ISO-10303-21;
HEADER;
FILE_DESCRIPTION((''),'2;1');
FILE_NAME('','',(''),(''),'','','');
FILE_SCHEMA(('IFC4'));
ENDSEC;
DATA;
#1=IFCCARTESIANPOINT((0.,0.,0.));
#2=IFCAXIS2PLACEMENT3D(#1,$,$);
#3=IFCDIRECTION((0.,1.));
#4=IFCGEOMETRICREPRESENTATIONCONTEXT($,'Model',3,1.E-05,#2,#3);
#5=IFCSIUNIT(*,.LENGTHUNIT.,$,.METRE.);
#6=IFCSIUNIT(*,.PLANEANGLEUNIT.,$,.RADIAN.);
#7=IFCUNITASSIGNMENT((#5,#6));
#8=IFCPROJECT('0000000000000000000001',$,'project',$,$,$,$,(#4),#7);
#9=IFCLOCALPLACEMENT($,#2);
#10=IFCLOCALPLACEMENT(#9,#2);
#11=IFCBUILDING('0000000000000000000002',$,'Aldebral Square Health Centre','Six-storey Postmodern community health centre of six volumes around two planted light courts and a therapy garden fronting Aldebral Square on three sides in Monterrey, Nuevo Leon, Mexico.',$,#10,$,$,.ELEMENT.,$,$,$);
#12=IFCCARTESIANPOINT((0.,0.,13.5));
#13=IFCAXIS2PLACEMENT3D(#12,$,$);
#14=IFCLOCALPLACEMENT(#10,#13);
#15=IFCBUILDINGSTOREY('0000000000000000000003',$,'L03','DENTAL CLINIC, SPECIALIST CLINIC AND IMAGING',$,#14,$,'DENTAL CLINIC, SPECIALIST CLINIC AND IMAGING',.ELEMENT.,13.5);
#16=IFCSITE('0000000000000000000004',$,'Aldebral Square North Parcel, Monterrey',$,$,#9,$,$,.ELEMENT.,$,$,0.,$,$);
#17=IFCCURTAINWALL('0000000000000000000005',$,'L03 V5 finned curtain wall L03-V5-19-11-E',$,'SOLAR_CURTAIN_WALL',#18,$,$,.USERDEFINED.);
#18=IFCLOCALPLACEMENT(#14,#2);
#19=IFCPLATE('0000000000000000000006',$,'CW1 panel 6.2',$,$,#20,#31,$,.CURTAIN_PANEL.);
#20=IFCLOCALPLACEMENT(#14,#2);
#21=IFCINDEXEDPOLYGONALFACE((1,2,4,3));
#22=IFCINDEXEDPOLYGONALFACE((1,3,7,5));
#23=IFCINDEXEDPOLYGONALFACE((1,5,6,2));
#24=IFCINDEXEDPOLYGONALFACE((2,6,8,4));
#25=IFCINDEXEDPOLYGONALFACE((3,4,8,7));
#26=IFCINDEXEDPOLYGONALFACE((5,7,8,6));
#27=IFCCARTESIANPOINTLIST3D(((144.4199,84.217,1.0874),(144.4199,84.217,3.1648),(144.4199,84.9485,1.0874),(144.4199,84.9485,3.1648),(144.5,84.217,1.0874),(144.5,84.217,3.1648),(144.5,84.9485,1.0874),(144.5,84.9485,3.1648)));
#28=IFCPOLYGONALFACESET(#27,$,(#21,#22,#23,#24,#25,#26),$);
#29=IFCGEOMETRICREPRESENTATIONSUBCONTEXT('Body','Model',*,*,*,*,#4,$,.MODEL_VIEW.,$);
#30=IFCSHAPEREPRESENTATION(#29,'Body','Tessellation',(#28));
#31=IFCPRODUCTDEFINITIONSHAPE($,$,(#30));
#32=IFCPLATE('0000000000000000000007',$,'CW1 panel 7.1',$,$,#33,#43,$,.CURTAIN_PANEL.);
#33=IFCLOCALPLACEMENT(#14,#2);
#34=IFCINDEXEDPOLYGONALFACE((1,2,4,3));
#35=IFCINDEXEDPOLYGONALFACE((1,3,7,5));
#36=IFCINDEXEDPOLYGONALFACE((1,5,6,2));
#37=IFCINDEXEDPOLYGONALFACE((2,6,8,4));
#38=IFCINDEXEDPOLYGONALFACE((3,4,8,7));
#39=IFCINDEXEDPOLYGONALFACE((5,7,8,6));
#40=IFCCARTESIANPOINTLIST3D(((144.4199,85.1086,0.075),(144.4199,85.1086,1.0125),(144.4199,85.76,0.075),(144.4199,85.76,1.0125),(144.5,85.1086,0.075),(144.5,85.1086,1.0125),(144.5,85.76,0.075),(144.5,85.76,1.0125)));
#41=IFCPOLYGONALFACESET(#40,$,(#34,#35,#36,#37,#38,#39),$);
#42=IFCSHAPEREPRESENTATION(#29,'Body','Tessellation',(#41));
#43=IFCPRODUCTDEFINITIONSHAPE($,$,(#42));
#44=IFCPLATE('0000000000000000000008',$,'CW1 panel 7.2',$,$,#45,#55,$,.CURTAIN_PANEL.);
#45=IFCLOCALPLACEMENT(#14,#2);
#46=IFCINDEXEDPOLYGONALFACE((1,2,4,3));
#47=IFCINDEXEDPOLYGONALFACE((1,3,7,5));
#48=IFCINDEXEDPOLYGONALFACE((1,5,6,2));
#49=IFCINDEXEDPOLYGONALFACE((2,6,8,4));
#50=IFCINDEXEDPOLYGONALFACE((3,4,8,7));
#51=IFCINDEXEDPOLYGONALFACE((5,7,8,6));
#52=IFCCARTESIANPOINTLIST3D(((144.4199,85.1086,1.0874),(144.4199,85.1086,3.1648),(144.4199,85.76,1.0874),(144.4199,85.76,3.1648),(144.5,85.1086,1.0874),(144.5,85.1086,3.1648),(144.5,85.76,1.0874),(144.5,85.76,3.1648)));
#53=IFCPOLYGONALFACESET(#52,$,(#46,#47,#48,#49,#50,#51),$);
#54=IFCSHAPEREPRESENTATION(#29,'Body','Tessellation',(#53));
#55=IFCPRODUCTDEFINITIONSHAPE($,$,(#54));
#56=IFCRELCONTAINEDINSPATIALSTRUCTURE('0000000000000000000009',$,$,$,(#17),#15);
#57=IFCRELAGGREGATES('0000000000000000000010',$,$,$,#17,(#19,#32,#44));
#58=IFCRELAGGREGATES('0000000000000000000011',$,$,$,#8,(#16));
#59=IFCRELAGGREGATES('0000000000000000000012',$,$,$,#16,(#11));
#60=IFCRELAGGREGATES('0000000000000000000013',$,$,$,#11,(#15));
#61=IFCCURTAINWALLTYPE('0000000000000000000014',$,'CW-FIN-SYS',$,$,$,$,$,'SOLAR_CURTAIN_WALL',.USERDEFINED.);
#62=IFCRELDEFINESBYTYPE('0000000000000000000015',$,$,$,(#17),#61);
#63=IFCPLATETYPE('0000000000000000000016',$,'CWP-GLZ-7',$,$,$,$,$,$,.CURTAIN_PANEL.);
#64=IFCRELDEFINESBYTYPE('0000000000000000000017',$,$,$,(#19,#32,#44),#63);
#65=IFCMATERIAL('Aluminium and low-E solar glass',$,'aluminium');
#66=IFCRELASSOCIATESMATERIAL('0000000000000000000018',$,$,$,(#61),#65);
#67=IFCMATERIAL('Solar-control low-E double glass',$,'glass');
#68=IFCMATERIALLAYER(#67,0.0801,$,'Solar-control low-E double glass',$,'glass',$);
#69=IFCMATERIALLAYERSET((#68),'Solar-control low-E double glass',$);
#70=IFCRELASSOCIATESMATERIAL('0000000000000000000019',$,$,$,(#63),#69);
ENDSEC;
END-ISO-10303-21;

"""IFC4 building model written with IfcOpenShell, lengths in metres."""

from ifc_helpers import new_model, si_unit, direction, frame, origin, origin_2d, place, context, subcontext, project, spatial, rectangle, extrude, material, layer, layer_set, type_object, element, aggregate, save


model = new_model("IFC4")

# Units and contexts
model_context = context("Model", 3, precision=1e-05, world=origin(), true_north=direction((0.0, 1.0)))
body_context = subcontext(model_context, "Body", "Model", "MODEL_VIEW")
ifc_project = project(units=[si_unit("LENGTHUNIT", "METRE"), si_unit("PLANEANGLEUNIT", "RADIAN")], contexts=[model_context])

# Site, building, storey
site_placement = place(None, origin())
site = spatial("IfcSite", under=ifc_project, at=site_placement, Name="Aldebral Square North Parcel, Monterrey", CompositionType="ELEMENT", RefElevation=0.0)
building_placement = place(site_placement, origin())
building = spatial("IfcBuilding", under=site, at=building_placement, Name="Aldebral Square Health Centre", Description="Six-storey Postmodern community health centre of six volumes around two planted light courts and a therapy garden fronting Aldebral Square on three sides in Monterrey, Nuevo Leon, Mexico.", CompositionType="ELEMENT")
storey_placement = place(building_placement, frame((0.0, 0.0, 13.5)))
storey = spatial("IfcBuildingStorey", under=building, at=storey_placement, Name="L03", Description="DENTAL CLINIC, SPECIALIST CLINIC AND IMAGING", LongName="DENTAL CLINIC, SPECIALIST CLINIC AND IMAGING", CompositionType="ELEMENT", Elevation=13.5)

# Curtain wall, plates
ifc_material_1 = material(Name="Aluminium and low-E solar glass", Category="aluminium")
curtain_wall_type = type_object("IfcCurtainWallType", Name="CW-FIN-SYS", ElementType="SOLAR_CURTAIN_WALL", PredefinedType="USERDEFINED", material=ifc_material_1)
curtain_wall_placement = place(storey_placement, origin())
curtain_wall = element("IfcCurtainWall", 1, at=curtain_wall_placement, inside=storey, type_object=curtain_wall_type, Name="L03 V5 finned curtain wall L03-V5-19-11-E", ObjectType="SOLAR_CURTAIN_WALL", PredefinedType="USERDEFINED")
ifc_material_2 = material(Name="Solar-control low-E double glass", Category="glass")
ifc_layer = layer(ifc_material_2, 0.0801, Name="Solar-control low-E double glass", Category="glass")
ifc_layer_set = layer_set([ifc_layer], Name="Solar-control low-E double glass")
plate_type = type_object("IfcPlateType", Name="CWP-GLZ-7", PredefinedType="CURTAIN_PANEL", material=ifc_layer_set)
plate_1_placement = place(storey_placement, frame((144.46, 84.5828, 1.0874), z_axis=(0.0, 0.0, 1.0), x_axis=(0.0, 1.0, 0.0)))
plate_1 = element("IfcPlate", 2, at=plate_1_placement, type_object=plate_type, Name="CW1 panel 6.2", PredefinedType="CURTAIN_PANEL", context=body_context, shape_type="SweptSolid", body=[
    extrude(rectangle(XDim=0.7314, YDim=0.0801, at=origin_2d()), origin(), (0.0, 0.0, 1.0), 2.0774),
])
plate_2_placement = place(storey_placement, frame((144.46, 85.4343, 0.075), z_axis=(0.0, 0.0, 1.0), x_axis=(0.0, 1.0, 0.0)))
plate_2 = element("IfcPlate", 3, at=plate_2_placement, type_object=plate_type, Name="CW1 panel 7.1", PredefinedType="CURTAIN_PANEL", context=body_context, shape_type="SweptSolid", body=[
    extrude(rectangle(XDim=0.6514, YDim=0.0801, at=origin_2d()), origin(), (0.0, 0.0, 1.0), 0.9375),
])
plate_3_placement = place(storey_placement, frame((144.46, 85.4343, 1.0874), z_axis=(0.0, 0.0, 1.0), x_axis=(0.0, 1.0, 0.0)))
plate_3 = element("IfcPlate", 4, at=plate_3_placement, type_object=plate_type, Name="CW1 panel 7.2", PredefinedType="CURTAIN_PANEL", context=body_context, shape_type="SweptSolid", body=[
    extrude(rectangle(XDim=0.6514, YDim=0.0801, at=origin_2d()), origin(), (0.0, 0.0, 1.0), 2.0774),
])
aggregate(curtain_wall, [plate_1, plate_2, plate_3])

save(model, "model.ifc")
